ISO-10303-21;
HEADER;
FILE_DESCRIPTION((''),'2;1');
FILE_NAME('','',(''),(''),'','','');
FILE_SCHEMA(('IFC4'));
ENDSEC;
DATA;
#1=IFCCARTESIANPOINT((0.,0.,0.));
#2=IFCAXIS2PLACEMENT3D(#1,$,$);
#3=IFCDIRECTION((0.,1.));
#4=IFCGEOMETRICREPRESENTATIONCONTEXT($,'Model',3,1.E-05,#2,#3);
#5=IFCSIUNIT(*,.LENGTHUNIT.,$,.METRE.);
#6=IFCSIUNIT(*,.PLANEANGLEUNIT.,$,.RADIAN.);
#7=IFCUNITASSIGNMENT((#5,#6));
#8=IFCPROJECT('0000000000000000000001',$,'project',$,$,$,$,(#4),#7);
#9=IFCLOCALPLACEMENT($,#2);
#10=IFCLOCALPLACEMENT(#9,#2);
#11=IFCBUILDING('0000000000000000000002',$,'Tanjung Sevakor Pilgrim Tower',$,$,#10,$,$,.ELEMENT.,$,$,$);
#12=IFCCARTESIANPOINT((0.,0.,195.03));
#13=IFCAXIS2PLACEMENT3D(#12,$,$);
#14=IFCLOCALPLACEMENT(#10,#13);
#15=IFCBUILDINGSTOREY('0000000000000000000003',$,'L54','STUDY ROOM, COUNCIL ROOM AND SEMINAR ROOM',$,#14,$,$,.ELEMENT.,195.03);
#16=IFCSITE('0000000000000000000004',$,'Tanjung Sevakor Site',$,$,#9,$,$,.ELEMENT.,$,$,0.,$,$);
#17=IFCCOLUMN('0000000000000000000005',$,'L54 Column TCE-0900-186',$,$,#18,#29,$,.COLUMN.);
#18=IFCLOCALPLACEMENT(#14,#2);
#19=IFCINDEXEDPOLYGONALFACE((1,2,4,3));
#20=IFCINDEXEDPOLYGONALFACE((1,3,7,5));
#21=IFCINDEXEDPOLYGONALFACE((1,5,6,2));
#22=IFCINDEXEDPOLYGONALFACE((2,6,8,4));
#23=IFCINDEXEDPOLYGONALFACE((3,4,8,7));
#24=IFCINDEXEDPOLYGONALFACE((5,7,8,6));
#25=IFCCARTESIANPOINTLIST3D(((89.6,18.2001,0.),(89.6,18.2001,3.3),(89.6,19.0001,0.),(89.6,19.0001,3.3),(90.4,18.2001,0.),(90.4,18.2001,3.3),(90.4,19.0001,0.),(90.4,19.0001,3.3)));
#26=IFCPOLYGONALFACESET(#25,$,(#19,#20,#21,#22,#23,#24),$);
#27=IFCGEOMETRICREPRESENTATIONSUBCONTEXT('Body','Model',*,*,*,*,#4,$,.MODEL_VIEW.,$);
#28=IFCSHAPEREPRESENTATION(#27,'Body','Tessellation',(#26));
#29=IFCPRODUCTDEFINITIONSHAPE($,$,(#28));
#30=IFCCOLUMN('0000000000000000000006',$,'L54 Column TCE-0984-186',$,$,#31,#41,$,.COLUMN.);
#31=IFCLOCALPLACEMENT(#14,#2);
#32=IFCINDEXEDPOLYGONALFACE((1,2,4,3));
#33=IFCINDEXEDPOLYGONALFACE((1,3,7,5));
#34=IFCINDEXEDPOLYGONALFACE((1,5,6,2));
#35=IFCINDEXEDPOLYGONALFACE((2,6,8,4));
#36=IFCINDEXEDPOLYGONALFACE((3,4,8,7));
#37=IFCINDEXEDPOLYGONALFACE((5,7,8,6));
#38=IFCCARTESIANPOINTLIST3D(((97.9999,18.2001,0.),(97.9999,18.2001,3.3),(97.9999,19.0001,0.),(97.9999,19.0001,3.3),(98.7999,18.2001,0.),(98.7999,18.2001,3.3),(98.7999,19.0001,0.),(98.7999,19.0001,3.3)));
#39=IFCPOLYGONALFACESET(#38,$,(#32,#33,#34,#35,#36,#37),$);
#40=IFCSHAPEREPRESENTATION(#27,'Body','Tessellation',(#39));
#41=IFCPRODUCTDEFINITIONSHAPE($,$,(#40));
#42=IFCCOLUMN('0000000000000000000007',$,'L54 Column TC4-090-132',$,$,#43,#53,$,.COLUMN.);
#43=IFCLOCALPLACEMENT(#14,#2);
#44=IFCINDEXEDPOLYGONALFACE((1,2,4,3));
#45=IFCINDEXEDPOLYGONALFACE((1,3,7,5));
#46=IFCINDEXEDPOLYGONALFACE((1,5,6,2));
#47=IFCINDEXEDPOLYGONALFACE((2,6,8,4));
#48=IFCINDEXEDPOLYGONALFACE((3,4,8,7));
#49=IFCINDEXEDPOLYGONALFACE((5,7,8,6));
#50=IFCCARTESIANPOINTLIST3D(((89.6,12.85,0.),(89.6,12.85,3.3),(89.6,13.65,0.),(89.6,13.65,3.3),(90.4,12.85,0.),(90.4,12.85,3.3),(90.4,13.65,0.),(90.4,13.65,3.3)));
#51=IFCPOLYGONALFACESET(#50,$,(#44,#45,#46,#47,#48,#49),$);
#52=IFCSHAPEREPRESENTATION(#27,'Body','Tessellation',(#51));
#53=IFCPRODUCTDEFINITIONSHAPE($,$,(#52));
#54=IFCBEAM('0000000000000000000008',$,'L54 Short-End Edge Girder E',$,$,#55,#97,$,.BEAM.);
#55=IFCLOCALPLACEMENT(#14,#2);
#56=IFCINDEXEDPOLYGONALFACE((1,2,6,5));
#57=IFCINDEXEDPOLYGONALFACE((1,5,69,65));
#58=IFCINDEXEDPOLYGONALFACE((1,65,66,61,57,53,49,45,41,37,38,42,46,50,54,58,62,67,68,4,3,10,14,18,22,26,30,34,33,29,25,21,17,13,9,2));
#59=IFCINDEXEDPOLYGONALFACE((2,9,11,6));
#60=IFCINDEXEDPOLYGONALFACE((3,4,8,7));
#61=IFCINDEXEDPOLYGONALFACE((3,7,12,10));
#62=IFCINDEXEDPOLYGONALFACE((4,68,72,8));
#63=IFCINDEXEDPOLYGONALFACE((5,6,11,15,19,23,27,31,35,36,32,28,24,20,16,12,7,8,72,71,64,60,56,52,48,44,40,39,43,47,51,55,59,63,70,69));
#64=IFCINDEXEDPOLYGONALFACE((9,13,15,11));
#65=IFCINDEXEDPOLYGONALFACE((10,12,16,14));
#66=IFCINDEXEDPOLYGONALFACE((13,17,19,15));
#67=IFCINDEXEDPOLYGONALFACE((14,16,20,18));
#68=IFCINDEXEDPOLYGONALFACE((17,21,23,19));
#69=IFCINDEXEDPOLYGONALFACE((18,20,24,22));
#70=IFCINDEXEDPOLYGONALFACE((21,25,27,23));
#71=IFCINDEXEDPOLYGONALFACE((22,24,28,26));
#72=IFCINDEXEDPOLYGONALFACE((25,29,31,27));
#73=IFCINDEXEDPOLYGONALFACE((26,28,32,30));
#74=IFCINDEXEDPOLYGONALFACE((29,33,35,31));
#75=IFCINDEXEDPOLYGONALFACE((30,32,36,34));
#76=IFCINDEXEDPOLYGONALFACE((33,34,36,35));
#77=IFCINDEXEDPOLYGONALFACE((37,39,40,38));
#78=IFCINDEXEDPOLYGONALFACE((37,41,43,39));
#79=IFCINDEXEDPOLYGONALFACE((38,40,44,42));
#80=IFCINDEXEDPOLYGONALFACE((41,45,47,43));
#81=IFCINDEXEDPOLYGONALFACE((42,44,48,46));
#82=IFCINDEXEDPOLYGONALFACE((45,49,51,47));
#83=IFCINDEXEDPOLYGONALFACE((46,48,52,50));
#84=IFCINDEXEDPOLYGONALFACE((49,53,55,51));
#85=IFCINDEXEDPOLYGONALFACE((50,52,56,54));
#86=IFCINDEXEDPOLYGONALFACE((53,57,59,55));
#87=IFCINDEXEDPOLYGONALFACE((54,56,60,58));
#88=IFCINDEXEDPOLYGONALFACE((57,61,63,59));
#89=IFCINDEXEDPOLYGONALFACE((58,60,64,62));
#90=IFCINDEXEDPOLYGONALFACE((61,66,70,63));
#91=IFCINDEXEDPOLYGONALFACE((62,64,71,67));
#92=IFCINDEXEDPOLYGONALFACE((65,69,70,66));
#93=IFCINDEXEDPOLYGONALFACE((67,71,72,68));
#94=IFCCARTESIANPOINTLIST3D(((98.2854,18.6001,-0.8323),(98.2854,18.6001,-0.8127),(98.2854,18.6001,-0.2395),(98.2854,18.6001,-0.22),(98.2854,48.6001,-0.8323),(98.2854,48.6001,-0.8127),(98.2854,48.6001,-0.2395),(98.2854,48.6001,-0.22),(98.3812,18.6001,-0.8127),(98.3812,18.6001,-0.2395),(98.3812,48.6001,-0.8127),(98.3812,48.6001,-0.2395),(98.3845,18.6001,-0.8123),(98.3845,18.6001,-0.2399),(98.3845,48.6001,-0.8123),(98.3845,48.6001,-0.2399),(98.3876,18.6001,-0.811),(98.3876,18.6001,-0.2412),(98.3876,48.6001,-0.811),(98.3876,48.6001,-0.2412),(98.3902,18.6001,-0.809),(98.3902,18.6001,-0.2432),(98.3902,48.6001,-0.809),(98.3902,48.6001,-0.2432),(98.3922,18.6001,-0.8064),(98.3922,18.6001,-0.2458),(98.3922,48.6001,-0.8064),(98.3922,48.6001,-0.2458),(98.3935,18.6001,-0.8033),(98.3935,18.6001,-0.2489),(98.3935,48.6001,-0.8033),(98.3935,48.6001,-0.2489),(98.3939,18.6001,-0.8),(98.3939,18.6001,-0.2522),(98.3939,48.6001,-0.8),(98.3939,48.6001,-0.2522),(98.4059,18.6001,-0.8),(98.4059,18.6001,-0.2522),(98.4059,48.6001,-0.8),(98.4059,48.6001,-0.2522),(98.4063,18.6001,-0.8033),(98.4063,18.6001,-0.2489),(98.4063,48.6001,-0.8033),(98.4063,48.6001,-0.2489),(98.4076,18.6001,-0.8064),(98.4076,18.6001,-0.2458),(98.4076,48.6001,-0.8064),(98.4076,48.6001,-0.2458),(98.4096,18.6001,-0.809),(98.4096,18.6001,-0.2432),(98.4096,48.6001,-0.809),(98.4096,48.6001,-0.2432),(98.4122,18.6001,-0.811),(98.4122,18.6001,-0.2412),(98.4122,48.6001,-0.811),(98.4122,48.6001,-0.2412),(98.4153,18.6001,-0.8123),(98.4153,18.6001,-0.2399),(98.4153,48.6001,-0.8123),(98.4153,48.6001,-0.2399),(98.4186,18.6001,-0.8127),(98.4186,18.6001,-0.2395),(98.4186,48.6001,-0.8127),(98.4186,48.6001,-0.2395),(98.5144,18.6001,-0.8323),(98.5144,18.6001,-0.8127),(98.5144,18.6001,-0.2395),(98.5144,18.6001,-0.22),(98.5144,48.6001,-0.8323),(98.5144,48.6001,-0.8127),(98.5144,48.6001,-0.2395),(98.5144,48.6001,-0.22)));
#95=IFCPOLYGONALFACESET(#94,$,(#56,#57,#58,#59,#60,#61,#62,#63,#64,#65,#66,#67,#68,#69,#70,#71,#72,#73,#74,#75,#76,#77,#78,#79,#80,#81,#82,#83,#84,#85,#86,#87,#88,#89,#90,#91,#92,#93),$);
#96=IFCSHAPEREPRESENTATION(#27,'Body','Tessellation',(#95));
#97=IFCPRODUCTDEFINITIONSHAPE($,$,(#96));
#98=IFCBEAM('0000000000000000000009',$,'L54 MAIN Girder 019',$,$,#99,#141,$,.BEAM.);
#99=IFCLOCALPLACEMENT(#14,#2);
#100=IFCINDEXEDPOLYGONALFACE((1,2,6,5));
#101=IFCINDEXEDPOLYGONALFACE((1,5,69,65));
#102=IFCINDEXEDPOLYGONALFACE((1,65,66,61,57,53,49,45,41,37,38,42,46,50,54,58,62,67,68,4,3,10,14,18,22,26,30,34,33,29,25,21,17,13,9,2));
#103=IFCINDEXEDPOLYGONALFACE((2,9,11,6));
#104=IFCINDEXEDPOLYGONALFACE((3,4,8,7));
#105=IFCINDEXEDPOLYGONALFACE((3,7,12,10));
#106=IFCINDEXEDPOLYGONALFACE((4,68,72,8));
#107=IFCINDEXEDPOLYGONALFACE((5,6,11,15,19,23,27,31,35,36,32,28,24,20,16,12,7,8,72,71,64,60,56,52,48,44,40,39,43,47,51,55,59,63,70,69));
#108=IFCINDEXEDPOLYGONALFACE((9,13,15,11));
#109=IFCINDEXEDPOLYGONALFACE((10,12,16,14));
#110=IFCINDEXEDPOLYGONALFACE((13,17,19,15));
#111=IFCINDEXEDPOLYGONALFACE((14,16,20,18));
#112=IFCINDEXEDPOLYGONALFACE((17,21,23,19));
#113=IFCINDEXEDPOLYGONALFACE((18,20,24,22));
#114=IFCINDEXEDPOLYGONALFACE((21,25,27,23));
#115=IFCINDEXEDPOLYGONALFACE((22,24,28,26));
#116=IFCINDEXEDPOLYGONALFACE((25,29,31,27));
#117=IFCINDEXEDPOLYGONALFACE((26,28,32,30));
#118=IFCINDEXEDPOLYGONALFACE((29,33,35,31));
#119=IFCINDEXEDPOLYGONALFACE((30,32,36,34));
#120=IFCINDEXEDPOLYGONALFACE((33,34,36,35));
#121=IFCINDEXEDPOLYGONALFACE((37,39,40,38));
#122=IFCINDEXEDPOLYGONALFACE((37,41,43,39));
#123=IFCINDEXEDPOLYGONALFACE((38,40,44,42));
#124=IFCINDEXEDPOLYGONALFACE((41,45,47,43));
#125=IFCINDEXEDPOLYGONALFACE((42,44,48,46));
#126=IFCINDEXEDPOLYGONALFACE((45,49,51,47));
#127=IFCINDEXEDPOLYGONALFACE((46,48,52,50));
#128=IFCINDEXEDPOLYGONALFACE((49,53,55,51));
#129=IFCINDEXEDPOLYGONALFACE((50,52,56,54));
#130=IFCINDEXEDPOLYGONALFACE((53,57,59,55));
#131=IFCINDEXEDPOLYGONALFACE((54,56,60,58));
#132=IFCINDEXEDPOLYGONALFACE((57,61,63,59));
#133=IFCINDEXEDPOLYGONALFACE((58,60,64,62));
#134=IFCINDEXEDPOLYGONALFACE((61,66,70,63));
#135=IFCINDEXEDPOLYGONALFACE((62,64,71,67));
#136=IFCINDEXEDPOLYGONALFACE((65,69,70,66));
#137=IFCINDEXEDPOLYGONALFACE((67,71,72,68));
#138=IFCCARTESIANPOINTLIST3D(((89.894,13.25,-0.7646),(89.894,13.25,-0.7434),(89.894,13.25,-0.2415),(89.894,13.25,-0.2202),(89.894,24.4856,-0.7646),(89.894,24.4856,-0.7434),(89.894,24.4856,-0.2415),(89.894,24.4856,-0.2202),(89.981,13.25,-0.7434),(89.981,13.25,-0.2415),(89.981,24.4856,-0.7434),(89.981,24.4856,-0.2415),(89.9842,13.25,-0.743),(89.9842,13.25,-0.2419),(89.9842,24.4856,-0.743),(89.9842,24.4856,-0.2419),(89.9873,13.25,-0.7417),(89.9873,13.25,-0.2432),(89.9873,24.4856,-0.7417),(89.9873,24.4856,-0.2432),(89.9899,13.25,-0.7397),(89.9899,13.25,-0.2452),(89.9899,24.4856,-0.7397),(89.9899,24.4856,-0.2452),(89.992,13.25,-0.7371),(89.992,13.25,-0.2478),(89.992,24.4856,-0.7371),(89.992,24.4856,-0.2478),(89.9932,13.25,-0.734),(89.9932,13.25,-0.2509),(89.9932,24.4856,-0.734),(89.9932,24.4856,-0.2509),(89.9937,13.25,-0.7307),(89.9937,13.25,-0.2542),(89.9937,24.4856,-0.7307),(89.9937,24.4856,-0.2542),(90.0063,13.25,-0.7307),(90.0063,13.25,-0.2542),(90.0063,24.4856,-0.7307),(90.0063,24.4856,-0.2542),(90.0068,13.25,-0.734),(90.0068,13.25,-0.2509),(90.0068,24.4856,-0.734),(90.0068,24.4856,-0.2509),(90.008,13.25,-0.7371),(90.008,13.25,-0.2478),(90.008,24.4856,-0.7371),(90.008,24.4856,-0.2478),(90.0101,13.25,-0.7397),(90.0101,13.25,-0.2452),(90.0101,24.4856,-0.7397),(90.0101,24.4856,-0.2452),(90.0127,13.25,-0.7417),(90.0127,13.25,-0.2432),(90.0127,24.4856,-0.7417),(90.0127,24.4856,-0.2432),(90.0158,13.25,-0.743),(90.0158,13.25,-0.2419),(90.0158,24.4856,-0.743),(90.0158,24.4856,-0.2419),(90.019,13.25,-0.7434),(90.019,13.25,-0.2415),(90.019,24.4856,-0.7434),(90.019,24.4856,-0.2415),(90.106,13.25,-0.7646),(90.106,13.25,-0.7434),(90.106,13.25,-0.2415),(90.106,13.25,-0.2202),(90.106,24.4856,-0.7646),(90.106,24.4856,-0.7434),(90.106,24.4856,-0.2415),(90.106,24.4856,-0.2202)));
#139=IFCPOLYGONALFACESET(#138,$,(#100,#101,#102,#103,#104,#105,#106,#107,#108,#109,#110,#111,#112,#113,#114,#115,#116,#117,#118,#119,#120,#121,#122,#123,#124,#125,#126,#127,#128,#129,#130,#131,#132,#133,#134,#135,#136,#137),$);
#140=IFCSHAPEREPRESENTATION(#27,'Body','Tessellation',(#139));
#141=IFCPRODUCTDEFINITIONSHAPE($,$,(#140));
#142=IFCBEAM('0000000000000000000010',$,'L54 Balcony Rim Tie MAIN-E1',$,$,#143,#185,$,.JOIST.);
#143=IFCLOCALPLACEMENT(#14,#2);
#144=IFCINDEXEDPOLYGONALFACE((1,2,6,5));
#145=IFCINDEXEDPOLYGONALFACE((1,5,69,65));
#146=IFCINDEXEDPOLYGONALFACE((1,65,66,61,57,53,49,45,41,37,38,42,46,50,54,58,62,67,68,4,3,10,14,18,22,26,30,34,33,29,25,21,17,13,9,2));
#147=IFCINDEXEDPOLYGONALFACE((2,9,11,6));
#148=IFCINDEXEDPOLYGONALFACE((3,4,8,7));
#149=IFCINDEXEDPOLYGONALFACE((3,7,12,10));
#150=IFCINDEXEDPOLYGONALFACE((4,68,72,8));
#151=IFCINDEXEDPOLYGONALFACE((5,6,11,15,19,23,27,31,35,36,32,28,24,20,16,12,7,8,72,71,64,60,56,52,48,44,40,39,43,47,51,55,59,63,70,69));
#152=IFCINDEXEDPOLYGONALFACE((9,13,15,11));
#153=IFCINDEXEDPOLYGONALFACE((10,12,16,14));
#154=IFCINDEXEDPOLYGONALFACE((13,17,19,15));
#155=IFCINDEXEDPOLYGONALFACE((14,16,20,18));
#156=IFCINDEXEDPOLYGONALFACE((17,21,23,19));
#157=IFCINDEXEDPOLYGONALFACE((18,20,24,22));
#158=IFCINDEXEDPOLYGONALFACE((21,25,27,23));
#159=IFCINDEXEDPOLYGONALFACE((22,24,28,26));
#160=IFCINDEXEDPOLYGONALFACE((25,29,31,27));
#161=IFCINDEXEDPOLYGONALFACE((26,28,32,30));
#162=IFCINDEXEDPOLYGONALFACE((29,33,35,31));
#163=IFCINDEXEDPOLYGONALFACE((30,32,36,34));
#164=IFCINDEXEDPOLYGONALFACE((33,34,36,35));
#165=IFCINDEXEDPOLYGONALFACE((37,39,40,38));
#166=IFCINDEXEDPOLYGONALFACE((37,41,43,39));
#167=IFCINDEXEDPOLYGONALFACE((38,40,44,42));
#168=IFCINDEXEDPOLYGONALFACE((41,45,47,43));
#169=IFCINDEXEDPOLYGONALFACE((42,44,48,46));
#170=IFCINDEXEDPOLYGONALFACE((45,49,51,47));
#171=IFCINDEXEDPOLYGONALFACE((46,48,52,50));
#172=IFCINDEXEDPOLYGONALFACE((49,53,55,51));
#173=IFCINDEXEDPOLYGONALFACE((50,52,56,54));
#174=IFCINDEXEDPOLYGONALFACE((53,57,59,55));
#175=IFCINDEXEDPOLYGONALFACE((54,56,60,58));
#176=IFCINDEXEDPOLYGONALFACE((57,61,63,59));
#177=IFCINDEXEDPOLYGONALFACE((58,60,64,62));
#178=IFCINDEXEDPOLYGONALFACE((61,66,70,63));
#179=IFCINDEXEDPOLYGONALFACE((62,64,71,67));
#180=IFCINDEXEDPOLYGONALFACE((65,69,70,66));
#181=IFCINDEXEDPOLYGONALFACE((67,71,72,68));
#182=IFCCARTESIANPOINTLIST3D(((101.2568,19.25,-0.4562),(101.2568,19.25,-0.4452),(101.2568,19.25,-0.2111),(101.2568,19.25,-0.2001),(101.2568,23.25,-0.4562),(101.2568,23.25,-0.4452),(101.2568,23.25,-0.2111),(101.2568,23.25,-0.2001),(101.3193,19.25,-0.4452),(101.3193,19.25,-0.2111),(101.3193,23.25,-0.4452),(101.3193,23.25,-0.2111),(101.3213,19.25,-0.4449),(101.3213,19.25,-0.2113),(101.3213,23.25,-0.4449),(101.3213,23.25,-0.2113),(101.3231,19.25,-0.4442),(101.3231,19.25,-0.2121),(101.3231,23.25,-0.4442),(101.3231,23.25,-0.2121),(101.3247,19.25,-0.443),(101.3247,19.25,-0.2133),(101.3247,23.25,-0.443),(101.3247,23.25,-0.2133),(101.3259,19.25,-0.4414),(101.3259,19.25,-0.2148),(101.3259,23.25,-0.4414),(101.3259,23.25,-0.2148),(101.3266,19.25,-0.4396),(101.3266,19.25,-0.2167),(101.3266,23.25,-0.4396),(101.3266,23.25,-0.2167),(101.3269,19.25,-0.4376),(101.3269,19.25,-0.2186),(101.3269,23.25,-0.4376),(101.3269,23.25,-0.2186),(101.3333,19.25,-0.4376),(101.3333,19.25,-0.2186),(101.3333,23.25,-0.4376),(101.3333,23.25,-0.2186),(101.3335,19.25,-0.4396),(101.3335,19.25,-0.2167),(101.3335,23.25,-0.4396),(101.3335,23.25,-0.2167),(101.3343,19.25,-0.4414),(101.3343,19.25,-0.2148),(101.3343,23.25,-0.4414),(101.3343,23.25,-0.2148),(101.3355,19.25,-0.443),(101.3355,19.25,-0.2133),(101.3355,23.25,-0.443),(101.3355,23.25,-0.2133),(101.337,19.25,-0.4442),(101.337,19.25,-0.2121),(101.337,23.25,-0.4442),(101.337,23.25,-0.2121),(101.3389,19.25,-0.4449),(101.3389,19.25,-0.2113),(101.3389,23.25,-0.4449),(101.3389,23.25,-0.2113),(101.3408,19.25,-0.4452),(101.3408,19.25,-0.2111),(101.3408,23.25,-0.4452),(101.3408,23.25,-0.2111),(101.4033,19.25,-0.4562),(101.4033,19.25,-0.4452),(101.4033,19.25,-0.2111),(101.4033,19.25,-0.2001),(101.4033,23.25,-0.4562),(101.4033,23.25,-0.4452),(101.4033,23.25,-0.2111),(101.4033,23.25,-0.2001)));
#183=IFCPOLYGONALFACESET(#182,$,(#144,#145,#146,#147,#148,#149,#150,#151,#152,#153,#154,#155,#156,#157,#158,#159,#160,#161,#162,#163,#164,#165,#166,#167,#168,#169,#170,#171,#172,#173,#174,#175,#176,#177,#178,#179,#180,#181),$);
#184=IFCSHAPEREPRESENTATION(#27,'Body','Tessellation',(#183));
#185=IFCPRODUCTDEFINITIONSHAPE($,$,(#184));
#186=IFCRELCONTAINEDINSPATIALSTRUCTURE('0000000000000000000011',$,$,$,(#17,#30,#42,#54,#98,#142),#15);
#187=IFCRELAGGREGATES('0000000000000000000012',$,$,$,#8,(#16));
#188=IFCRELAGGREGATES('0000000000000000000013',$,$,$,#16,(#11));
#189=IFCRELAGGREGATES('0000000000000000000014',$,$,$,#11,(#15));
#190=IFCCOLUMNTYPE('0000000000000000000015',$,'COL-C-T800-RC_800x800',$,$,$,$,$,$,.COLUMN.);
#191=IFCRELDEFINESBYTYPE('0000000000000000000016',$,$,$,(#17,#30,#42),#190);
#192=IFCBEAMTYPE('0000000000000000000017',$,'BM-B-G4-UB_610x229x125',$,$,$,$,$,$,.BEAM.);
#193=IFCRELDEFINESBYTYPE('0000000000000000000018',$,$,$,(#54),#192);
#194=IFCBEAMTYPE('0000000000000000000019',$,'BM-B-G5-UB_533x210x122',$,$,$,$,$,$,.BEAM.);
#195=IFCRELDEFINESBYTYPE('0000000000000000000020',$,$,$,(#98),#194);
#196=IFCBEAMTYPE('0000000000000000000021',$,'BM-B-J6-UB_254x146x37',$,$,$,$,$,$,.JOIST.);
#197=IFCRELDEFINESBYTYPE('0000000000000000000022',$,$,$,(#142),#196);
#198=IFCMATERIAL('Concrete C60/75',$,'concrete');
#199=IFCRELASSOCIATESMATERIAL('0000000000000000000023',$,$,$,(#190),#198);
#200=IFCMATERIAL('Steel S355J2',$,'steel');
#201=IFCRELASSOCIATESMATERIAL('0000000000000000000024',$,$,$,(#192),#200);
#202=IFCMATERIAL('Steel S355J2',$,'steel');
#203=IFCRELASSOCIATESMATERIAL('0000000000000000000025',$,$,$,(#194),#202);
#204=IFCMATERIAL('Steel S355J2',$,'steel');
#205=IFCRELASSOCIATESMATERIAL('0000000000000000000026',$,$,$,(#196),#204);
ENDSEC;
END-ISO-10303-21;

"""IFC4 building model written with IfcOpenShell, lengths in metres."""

from ifc_helpers import new_model, si_unit, direction, frame, origin, origin_2d, place, context, subcontext, project, spatial, rectangle, i_section, extrude, material, material_profile, profile_set, type_object, element, save


model = new_model("IFC4")

# Units and contexts
model_context = context("Model", 3, precision=1e-05, world=origin(), true_north=direction((0.0, 1.0)))
body_context = subcontext(model_context, "Body", "Model", "MODEL_VIEW")
ifc_project = project(units=[si_unit("LENGTHUNIT", "METRE"), si_unit("PLANEANGLEUNIT", "RADIAN")], contexts=[model_context])

# Site, building, storey
site_placement = place(None, origin())
site = spatial("IfcSite", under=ifc_project, at=site_placement, Name="Tanjung Sevakor Site", CompositionType="ELEMENT", RefElevation=0.0)
building_placement = place(site_placement, origin())
building = spatial("IfcBuilding", under=site, at=building_placement, Name="Tanjung Sevakor Pilgrim Tower", CompositionType="ELEMENT")
storey_placement = place(building_placement, frame((0.0, 0.0, 195.03)))
storey = spatial("IfcBuildingStorey", under=building, at=storey_placement, Name="L54", Description="STUDY ROOM, COUNCIL ROOM AND SEMINAR ROOM", CompositionType="ELEMENT", Elevation=195.03)

# Columns
ifc_material_1 = material(Name="Concrete C60/75", Category="concrete")
ifc_material_profile_1 = material_profile(ifc_material_1, rectangle(XDim=0.8, YDim=0.8, at=origin_2d()))
ifc_profile_set_1 = profile_set([ifc_material_profile_1], Name="Concrete C60/75")
column_type = type_object("IfcColumnType", Name="COL-C-T800-RC_800x800", PredefinedType="COLUMN", material=ifc_profile_set_1)
for number, where, z_axis, x_axis, name in (
    (1, (90.0, 18.6001, 0.0), (0.0, 0.0, 1.0), (1.0, 0.0, 0.0), "L54 Column TCE-0900-186"),
    (2, (98.3999, 18.6001, 0.0), (0.0, 0.0, 1.0), (1.0, 0.0, 0.0), "L54 Column TCE-0984-186"),
    (3, (90.0, 13.25, 0.0), (0.0, 0.0, 1.0), (1.0, 0.0, 0.0), "L54 Column TC4-090-132"),
):
    element("IfcColumn", number, at=place(storey_placement, frame(where, z_axis=z_axis, x_axis=x_axis)), inside=storey, type_object=column_type, Name=name, PredefinedType="COLUMN", context=body_context, shape_type="SweptSolid", body=[
        extrude(rectangle(XDim=0.8, YDim=0.8, at=origin_2d()), origin(), (0.0, 0.0, 1.0), 3.3),
    ])

# Beams
ifc_material_2 = material(Name="Steel S355J2", Category="steel")
ifc_material_profile_2 = material_profile(ifc_material_2, i_section(OverallWidth=0.229, OverallDepth=0.6123, WebThickness=0.012, FlangeThickness=0.0195, FilletRadius=0.0127, at=origin_2d()))
ifc_profile_set_2 = profile_set([ifc_material_profile_2], Name="Steel S355J2")
beam_type_1 = type_object("IfcBeamType", Name="BM-B-G4-UB_610x229x125", PredefinedType="BEAM", material=ifc_profile_set_2)
beam_1_placement = place(storey_placement, frame((98.3999, 18.6001, -0.5261), z_axis=(0.0, 1.0, 0.0), x_axis=(-1.0, 0.0, 0.0)))
element("IfcBeam", 4, at=beam_1_placement, inside=storey, type_object=beam_type_1, Name="L54 Short-End Edge Girder E", PredefinedType="BEAM", context=body_context, shape_type="SweptSolid", body=[
    extrude(i_section(OverallWidth=0.229, OverallDepth=0.6123, WebThickness=0.012, FlangeThickness=0.0195, FilletRadius=0.0127, at=origin_2d()), origin(), (0.0, 0.0, 1.0), 30.0),
])
ifc_material_3 = material(Name="Steel S355J2", Category="steel")
ifc_material_profile_3 = material_profile(ifc_material_3, i_section(OverallWidth=0.2119, OverallDepth=0.5444, WebThickness=0.0127, FlangeThickness=0.0212, FilletRadius=0.0127, at=origin_2d()))
ifc_profile_set_3 = profile_set([ifc_material_profile_3], Name="Steel S355J2")
beam_type_2 = type_object("IfcBeamType", Name="BM-B-G5-UB_533x210x122", PredefinedType="BEAM", material=ifc_profile_set_3)
beam_2_placement = place(storey_placement, frame((90.0, 13.25, -0.4924), z_axis=(0.0, 1.0, 0.0), x_axis=(-1.0, 0.0, 0.0)))
element("IfcBeam", 5, at=beam_2_placement, inside=storey, type_object=beam_type_2, Name="L54 MAIN Girder 019", PredefinedType="BEAM", context=body_context, shape_type="SweptSolid", body=[
    extrude(i_section(OverallWidth=0.2119, OverallDepth=0.5444, WebThickness=0.0127, FlangeThickness=0.0212, FilletRadius=0.0127, at=origin_2d()), origin(), (0.0, 0.0, 1.0), 11.2356),
])
ifc_material_4 = material(Name="Steel S355J2", Category="steel")
ifc_material_profile_4 = material_profile(ifc_material_4, i_section(OverallWidth=0.1465, OverallDepth=0.2561, WebThickness=0.0063, FlangeThickness=0.011, FilletRadius=0.0076, at=origin_2d()))
ifc_profile_set_4 = profile_set([ifc_material_profile_4], Name="Steel S355J2")
beam_type_3 = type_object("IfcBeamType", Name="BM-B-J6-UB_254x146x37", PredefinedType="JOIST", material=ifc_profile_set_4)
beam_3_placement = place(storey_placement, frame((101.3301, 19.25, -0.3281), z_axis=(0.0, 1.0, 0.0), x_axis=(-1.0, 0.0, 0.0)))
element("IfcBeam", 6, at=beam_3_placement, inside=storey, type_object=beam_type_3, Name="L54 Balcony Rim Tie MAIN-E1", PredefinedType="JOIST", context=body_context, shape_type="SweptSolid", body=[
    extrude(i_section(OverallWidth=0.1465, OverallDepth=0.2561, WebThickness=0.0063, FlangeThickness=0.011, FilletRadius=0.0076, at=origin_2d()), origin(), (0.0, 0.0, 1.0), 4.0),
])

save(model, "model.ifc")
